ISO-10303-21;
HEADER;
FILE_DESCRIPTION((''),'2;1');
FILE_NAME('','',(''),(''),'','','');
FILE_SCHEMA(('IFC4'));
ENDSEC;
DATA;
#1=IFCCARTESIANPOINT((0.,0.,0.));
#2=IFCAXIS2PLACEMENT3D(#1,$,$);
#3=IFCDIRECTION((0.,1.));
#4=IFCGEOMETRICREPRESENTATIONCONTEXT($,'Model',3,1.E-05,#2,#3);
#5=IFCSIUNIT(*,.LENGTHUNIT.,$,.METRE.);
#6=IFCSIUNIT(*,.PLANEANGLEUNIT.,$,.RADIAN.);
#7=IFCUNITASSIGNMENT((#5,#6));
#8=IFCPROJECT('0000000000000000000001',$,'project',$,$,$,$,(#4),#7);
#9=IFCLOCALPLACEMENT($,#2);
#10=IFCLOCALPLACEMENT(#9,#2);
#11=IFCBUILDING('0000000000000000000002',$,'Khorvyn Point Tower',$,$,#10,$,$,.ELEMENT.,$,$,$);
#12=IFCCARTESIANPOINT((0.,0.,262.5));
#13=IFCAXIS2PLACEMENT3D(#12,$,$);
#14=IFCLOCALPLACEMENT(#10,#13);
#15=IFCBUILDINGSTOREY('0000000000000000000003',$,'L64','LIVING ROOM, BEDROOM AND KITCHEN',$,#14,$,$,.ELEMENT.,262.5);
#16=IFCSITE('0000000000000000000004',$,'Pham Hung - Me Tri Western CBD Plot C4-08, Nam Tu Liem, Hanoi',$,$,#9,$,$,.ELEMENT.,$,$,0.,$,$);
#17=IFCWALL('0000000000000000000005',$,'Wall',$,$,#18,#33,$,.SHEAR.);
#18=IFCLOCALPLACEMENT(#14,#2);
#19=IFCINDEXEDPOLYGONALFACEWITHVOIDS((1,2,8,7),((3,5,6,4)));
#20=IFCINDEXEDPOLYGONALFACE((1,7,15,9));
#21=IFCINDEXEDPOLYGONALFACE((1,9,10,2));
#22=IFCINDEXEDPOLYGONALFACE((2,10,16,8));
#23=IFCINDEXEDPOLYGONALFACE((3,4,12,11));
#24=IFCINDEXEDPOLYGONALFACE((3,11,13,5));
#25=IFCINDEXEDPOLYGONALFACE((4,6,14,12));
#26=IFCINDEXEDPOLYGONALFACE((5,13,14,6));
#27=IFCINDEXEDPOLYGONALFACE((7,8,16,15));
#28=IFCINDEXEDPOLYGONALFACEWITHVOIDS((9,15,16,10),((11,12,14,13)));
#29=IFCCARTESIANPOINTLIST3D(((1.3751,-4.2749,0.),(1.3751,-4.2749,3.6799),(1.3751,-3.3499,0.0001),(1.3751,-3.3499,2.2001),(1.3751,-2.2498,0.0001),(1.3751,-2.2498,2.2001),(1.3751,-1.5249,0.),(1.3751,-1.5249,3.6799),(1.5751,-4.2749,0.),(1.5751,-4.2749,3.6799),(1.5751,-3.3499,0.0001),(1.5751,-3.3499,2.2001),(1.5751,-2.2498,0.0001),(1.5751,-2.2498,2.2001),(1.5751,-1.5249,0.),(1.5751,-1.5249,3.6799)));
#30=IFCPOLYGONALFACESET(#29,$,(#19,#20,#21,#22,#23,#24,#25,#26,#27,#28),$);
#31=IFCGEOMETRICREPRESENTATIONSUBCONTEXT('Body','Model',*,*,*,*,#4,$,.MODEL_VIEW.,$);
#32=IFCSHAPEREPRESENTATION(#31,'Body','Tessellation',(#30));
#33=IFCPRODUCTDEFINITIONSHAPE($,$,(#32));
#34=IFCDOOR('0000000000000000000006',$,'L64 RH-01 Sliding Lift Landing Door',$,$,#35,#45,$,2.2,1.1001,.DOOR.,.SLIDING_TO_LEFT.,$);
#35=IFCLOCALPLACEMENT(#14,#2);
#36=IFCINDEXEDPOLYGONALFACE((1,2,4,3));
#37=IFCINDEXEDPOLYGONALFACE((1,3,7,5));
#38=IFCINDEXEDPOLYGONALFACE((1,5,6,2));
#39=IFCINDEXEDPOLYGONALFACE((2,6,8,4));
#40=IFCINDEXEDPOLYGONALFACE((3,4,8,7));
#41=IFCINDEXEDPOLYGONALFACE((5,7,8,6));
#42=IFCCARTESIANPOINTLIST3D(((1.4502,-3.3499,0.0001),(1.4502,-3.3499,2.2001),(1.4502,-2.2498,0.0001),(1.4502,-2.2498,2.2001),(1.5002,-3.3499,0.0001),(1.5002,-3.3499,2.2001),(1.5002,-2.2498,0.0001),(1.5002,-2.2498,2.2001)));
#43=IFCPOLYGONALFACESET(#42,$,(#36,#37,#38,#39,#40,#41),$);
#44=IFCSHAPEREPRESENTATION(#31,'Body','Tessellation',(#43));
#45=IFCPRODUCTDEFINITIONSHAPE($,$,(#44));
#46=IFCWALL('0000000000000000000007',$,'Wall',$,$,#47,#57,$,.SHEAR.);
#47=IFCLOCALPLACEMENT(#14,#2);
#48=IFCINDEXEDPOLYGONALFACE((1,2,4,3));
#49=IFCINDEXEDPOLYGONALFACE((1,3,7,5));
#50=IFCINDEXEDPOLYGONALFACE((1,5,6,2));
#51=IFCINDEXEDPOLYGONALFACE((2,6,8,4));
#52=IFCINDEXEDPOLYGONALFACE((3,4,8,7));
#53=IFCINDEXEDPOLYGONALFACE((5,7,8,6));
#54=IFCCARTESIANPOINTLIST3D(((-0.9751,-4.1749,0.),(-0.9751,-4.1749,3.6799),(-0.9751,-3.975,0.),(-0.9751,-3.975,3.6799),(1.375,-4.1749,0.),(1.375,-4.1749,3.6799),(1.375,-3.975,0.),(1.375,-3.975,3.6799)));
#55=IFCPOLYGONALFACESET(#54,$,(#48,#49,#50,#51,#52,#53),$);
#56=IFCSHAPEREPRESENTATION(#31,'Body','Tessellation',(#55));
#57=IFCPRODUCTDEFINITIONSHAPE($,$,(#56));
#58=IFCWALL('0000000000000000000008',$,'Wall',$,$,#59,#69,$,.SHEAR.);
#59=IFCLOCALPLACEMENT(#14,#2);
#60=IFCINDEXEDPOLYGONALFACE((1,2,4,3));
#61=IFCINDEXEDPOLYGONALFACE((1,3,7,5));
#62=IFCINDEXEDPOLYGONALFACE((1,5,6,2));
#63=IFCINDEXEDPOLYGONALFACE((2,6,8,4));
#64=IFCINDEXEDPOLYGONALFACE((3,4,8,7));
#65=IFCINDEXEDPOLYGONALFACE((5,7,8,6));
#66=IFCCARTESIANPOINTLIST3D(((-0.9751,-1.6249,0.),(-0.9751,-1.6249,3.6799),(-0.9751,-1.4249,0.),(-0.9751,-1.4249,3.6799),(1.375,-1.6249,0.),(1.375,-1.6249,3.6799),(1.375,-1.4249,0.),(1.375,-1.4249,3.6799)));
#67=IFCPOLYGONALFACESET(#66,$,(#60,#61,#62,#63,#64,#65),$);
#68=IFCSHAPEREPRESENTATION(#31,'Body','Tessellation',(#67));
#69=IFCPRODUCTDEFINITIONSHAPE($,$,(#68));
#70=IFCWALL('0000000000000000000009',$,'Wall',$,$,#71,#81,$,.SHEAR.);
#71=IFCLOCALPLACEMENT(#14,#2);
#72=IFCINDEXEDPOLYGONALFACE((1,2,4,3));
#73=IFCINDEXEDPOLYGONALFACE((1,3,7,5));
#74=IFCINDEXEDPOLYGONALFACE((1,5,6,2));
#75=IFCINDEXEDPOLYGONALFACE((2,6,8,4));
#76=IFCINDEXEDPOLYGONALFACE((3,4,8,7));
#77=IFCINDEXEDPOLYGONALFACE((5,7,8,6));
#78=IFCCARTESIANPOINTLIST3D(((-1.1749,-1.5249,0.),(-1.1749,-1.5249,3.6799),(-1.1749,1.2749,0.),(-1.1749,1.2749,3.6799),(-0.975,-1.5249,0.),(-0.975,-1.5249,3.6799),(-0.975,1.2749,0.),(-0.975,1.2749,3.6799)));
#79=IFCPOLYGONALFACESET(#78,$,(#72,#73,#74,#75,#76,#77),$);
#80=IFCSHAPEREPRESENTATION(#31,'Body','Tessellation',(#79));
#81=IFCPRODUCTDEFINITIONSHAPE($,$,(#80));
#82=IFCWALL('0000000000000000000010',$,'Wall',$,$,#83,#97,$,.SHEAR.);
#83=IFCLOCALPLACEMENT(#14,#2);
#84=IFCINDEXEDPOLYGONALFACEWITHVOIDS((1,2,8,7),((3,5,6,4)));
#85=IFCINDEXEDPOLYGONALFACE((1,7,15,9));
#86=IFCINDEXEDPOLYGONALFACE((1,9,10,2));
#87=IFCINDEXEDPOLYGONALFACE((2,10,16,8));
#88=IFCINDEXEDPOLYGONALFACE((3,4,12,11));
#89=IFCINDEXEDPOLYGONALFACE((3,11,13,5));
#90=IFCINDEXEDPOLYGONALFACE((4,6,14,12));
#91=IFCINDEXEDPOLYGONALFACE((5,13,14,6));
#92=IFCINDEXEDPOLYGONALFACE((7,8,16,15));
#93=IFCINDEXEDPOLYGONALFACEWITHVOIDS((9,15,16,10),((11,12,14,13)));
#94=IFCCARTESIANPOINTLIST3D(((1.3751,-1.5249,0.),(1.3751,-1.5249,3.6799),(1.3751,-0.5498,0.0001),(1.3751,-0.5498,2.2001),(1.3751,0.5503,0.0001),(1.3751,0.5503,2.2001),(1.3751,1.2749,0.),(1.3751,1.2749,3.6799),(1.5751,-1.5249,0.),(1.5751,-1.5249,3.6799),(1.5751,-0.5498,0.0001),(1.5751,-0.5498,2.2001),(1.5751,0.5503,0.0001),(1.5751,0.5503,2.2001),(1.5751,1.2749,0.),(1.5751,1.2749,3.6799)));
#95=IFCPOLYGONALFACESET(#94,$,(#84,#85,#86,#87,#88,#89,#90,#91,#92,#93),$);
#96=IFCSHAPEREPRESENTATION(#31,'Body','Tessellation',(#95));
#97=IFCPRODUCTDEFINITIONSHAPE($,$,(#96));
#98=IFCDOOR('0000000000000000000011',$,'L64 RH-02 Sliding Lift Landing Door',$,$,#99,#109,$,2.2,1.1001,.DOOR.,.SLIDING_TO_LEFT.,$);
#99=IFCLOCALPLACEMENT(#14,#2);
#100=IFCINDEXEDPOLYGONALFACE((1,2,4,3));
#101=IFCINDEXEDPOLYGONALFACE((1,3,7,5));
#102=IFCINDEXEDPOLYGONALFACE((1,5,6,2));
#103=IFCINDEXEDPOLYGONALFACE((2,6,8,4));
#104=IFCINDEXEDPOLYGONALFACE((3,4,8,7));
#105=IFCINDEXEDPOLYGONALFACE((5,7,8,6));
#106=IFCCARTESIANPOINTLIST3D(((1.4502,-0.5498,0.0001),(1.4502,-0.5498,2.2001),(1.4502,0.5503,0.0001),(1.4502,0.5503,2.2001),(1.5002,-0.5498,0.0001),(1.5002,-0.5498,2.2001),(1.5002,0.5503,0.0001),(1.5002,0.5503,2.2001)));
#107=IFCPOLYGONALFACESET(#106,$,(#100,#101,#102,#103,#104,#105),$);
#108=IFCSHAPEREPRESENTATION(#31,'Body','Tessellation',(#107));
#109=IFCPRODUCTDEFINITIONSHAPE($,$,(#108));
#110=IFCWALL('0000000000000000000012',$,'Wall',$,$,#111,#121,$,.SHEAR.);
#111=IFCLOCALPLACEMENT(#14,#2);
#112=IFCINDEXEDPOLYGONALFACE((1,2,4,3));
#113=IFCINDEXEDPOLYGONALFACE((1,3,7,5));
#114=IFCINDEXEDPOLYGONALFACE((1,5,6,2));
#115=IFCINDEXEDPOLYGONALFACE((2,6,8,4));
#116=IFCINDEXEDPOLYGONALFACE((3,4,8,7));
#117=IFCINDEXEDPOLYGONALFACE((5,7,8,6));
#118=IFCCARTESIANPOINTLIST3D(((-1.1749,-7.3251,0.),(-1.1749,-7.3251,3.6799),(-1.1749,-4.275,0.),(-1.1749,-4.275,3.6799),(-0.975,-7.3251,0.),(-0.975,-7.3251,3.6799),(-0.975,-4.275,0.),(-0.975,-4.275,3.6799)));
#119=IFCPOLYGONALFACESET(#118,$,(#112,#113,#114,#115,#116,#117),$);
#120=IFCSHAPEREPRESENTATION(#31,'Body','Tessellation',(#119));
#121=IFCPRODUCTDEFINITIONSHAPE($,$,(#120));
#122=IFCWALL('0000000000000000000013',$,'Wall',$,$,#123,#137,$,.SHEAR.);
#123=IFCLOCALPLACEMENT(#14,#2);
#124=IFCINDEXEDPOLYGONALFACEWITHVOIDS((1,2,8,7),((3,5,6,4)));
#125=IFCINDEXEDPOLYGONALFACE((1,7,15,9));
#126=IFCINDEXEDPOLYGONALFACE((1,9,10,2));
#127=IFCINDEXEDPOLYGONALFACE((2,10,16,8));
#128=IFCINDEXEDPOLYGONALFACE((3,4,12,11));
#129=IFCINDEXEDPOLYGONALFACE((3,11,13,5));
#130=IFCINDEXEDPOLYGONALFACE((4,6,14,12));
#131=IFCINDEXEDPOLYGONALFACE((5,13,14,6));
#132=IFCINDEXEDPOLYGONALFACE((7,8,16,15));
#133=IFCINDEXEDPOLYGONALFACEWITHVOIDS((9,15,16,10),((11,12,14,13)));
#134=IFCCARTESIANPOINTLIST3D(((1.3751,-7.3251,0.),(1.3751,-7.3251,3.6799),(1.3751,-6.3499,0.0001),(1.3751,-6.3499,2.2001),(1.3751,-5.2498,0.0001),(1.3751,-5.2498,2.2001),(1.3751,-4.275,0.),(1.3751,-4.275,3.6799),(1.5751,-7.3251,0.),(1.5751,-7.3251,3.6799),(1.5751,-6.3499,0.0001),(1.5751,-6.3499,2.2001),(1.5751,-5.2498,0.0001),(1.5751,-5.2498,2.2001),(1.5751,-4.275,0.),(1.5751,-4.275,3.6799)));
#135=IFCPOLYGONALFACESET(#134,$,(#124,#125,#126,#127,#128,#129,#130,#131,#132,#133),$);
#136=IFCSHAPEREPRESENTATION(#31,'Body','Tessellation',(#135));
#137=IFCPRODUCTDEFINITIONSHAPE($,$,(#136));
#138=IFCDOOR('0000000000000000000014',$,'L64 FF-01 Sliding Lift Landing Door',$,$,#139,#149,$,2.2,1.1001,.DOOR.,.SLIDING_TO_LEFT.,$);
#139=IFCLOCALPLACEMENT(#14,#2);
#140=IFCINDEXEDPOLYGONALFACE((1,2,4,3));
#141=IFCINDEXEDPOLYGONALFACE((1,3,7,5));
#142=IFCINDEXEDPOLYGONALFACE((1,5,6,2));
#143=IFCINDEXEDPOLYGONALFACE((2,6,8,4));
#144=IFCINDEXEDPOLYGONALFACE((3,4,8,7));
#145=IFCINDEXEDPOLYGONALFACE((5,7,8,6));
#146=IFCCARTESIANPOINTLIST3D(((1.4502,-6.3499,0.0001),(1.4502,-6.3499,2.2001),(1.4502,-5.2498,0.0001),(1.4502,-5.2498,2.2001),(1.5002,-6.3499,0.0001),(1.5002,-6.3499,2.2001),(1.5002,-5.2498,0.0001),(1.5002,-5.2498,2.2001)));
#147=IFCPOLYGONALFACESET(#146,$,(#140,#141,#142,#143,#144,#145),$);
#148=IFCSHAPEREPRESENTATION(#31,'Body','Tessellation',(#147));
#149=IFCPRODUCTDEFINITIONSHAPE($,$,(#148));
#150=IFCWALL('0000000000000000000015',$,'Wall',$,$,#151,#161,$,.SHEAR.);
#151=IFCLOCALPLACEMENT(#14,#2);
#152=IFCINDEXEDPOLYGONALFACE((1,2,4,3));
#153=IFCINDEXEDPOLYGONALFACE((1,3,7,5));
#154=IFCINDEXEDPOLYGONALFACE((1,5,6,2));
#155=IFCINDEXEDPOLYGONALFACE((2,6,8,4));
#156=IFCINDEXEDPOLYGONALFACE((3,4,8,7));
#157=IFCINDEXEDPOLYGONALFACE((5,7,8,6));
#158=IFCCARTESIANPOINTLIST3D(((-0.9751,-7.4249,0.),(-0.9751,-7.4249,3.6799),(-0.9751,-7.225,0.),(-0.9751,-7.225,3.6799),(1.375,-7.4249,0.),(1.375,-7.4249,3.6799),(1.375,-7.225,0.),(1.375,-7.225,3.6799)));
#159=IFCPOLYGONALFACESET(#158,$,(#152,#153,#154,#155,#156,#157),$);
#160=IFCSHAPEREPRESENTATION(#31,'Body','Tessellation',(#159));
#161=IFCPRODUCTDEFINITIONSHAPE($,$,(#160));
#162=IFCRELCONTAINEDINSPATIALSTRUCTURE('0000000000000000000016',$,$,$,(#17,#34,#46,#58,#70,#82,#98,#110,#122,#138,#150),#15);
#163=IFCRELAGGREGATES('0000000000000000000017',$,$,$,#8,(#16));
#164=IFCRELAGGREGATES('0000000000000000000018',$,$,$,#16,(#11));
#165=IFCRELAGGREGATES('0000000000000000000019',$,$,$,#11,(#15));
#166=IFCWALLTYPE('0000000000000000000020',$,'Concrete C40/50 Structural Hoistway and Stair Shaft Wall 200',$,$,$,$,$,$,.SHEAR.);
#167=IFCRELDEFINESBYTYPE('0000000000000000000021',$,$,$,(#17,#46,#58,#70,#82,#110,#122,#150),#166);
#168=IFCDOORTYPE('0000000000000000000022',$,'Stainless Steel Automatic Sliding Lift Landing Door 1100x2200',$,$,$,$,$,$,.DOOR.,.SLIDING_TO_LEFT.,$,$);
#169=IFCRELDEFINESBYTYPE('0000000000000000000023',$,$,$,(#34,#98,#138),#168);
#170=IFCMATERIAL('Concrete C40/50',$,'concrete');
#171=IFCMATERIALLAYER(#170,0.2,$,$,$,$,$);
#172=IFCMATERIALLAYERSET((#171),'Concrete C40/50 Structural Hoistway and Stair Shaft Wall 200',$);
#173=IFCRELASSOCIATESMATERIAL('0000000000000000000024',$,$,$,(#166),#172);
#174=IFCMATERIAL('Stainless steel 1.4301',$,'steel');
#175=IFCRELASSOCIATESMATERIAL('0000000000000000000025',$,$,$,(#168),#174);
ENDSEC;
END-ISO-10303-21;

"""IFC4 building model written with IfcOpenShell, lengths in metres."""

from ifc_helpers import new_model, si_unit, direction, frame, frame_2d, origin, place, context, subcontext, project, spatial, rectangle, extrude, material, layer, layer_set, type_object, element, fill, save


model = new_model("IFC4")

# Units and contexts
model_context = context("Model", 3, precision=1e-05, world=origin(), true_north=direction((0.0, 1.0)))
body_context = subcontext(model_context, "Body", "Model", "MODEL_VIEW")
ifc_project = project(units=[si_unit("LENGTHUNIT", "METRE"), si_unit("PLANEANGLEUNIT", "RADIAN")], contexts=[model_context])

# Site, building, storey
site_placement = place(None, origin())
site = spatial("IfcSite", under=ifc_project, at=site_placement, Name="Pham Hung - Me Tri Western CBD Plot C4-08, Nam Tu Liem, Hanoi", CompositionType="ELEMENT", RefElevation=0.0)
building_placement = place(site_placement, origin())
building = spatial("IfcBuilding", under=site, at=building_placement, Name="Khorvyn Point Tower", CompositionType="ELEMENT")
storey_placement = place(building_placement, frame((0.0, 0.0, 262.5)))
storey = spatial("IfcBuildingStorey", under=building, at=storey_placement, Name="L64", Description="LIVING ROOM, BEDROOM AND KITCHEN", CompositionType="ELEMENT", Elevation=262.5)

# Shared definitions
ifc_material_1 = material(Name="Concrete C40/50", Category="concrete")

# Shared definitions
ifc_layer_1 = layer(ifc_material_1, 0.2)
ifc_layer_set_1 = layer_set([ifc_layer_1], Name="Concrete C40/50 Structural Hoistway and Stair Shaft Wall 200")
wall_type_1 = type_object("IfcWallType", Name="Concrete C40/50 Structural Hoistway and Stair Shaft Wall 200", PredefinedType="SHEAR", material=ifc_layer_set_1)

# Wall, opening, door
wall_1_placement = place(storey_placement, frame((1.4751, -4.2749, 0.0), z_axis=(0.0, 0.0, 1.0), x_axis=(0.0, 1.0, 0.0)))
wall_1 = element("IfcWall", 1, at=wall_1_placement, inside=storey, type_object=wall_type_1, Name="Wall", PredefinedType="SHEAR", context=body_context, shape_type="SweptSolid", body=[
    extrude(rectangle(XDim=2.75, YDim=0.2, at=frame_2d((1.375, 0.0))), origin(), (0.0, 0.0, 1.0), 3.6799),
])
opening_1_placement = place(wall_1_placement, frame((0.925, 0.0, 0.0)))
opening_1 = element("IfcOpeningElement", 2, at=opening_1_placement, cuts=wall_1, PredefinedType="OPENING", context=body_context, shape_type="SweptSolid", body=[
    extrude(rectangle(XDim=1.1001, YDim=2.2, at=frame_2d((0.55, 1.1001))), frame((0.0, 0.1099, 0.0), z_axis=(0.0, -1.0, 0.0), x_axis=(1.0, 0.0, 0.0)), (0.0, 0.0, 1.0), 0.22),
])
ifc_material_2 = material(Name="Stainless steel 1.4301", Category="steel")
door_type_1 = type_object("IfcDoorType", Name="Stainless Steel Automatic Sliding Lift Landing Door 1100x2200", OperationType="SLIDING_TO_LEFT", PredefinedType="DOOR", material=ifc_material_2)
door_1_placement = place(opening_1_placement, origin())
door_1 = element("IfcDoor", 3, at=door_1_placement, inside=storey, type_object=door_type_1, Name="L64 RH-01 Sliding Lift Landing Door", OperationType="SLIDING_TO_LEFT", OverallHeight=2.2, OverallWidth=1.1001, PredefinedType="DOOR", context=body_context, shape_type="SweptSolid", body=[
    extrude(rectangle(XDim=1.1001, YDim=2.2, at=frame_2d((0.55, 1.1001))), frame((0.0, 0.0249, 0.0), z_axis=(0.0, -1.0, 0.0), x_axis=(1.0, 0.0, 0.0)), (0.0, 0.0, 1.0), 0.05),
])
fill(opening_1, door_1)

# Walls
for number, where, z_axis, x_axis, name in (
    (4, (-0.9751, -4.075, 0.0), (0.0, 0.0, 1.0), (1.0, 0.0, 0.0), "Wall"),
    (5, (-0.9751, -1.5249, 0.0), (0.0, 0.0, 1.0), (1.0, 0.0, 0.0), "Wall"),
):
    element("IfcWall", number, at=place(storey_placement, frame(where, z_axis=z_axis, x_axis=x_axis)), inside=storey, type_object=wall_type_1, Name=name, PredefinedType="SHEAR", context=body_context, shape_type="SweptSolid", body=[
        extrude(rectangle(XDim=2.3501, YDim=0.2, at=frame_2d((1.175, 0.0))), origin(), (0.0, 0.0, 1.0), 3.6799),
    ])
wall_2_placement = place(storey_placement, frame((-1.075, -1.5249, 0.0), z_axis=(0.0, 0.0, 1.0), x_axis=(0.0, 1.0, 0.0)))
element("IfcWall", 6, at=wall_2_placement, inside=storey, type_object=wall_type_1, Name="Wall", PredefinedType="SHEAR", context=body_context, shape_type="SweptSolid", body=[
    extrude(rectangle(XDim=2.7998, YDim=0.2, at=frame_2d((1.3999, 0.0))), origin(), (0.0, 0.0, 1.0), 3.6799),
])

# Wall, opening, door
wall_3_placement = place(storey_placement, frame((1.4751, -1.5249, 0.0), z_axis=(0.0, 0.0, 1.0), x_axis=(0.0, 1.0, 0.0)))
wall_3 = element("IfcWall", 7, at=wall_3_placement, inside=storey, type_object=wall_type_1, Name="Wall", PredefinedType="SHEAR", context=body_context, shape_type="SweptSolid", body=[
    extrude(rectangle(XDim=2.7998, YDim=0.2, at=frame_2d((1.3999, 0.0))), origin(), (0.0, 0.0, 1.0), 3.6799),
])
opening_2_placement = place(wall_3_placement, frame((0.9751, 0.0, 0.0)))
opening_2 = element("IfcOpeningElement", 8, at=opening_2_placement, cuts=wall_3, PredefinedType="OPENING", context=body_context, shape_type="SweptSolid", body=[
    extrude(rectangle(XDim=1.1001, YDim=2.2, at=frame_2d((0.55, 1.1001))), frame((0.0, 0.1099, 0.0), z_axis=(0.0, -1.0, 0.0), x_axis=(1.0, 0.0, 0.0)), (0.0, 0.0, 1.0), 0.22),
])
door_2_placement = place(opening_2_placement, origin())
door_2 = element("IfcDoor", 9, at=door_2_placement, inside=storey, type_object=door_type_1, Name="L64 RH-02 Sliding Lift Landing Door", OperationType="SLIDING_TO_LEFT", OverallHeight=2.2, OverallWidth=1.1001, PredefinedType="DOOR", context=body_context, shape_type="SweptSolid", body=[
    extrude(rectangle(XDim=1.1001, YDim=2.2, at=frame_2d((0.55, 1.1001))), frame((0.0, 0.0249, 0.0), z_axis=(0.0, -1.0, 0.0), x_axis=(1.0, 0.0, 0.0)), (0.0, 0.0, 1.0), 0.05),
])
fill(opening_2, door_2)

# Wall
wall_4_placement = place(storey_placement, frame((-1.075, -7.325, 0.0), z_axis=(0.0, 0.0, 1.0), x_axis=(0.0, 1.0, 0.0)))
element("IfcWall", 10, at=wall_4_placement, inside=storey, type_object=wall_type_1, Name="Wall", PredefinedType="SHEAR", context=body_context, shape_type="SweptSolid", body=[
    extrude(rectangle(XDim=3.05, YDim=0.2, at=frame_2d((1.5249, 0.0))), origin(), (0.0, 0.0, 1.0), 3.6799),
])

# Wall, opening, door
wall_5_placement = place(storey_placement, frame((1.4751, -7.325, 0.0), z_axis=(0.0, 0.0, 1.0), x_axis=(0.0, 1.0, 0.0)))
wall_5 = element("IfcWall", 11, at=wall_5_placement, inside=storey, type_object=wall_type_1, Name="Wall", PredefinedType="SHEAR", context=body_context, shape_type="SweptSolid", body=[
    extrude(rectangle(XDim=3.05, YDim=0.2, at=frame_2d((1.5249, 0.0))), origin(), (0.0, 0.0, 1.0), 3.6799),
])
opening_3_placement = place(wall_5_placement, frame((0.9751, 0.0, 0.0)))
opening_3 = element("IfcOpeningElement", 12, at=opening_3_placement, cuts=wall_5, PredefinedType="OPENING", context=body_context, shape_type="SweptSolid", body=[
    extrude(rectangle(XDim=1.1001, YDim=2.2, at=frame_2d((0.55, 1.1001))), frame((0.0, 0.1099, 0.0), z_axis=(0.0, -1.0, 0.0), x_axis=(1.0, 0.0, 0.0)), (0.0, 0.0, 1.0), 0.22),
])
door_3_placement = place(opening_3_placement, origin())
door_3 = element("IfcDoor", 13, at=door_3_placement, inside=storey, type_object=door_type_1, Name="L64 FF-01 Sliding Lift Landing Door", OperationType="SLIDING_TO_LEFT", OverallHeight=2.2, OverallWidth=1.1001, PredefinedType="DOOR", context=body_context, shape_type="SweptSolid", body=[
    extrude(rectangle(XDim=1.1001, YDim=2.2, at=frame_2d((0.55, 1.1001))), frame((0.0, 0.0249, 0.0), z_axis=(0.0, -1.0, 0.0), x_axis=(1.0, 0.0, 0.0)), (0.0, 0.0, 1.0), 0.05),
])
fill(opening_3, door_3)

# Wall
wall_6_placement = place(storey_placement, frame((-0.9751, -7.325, 0.0), z_axis=(0.0, 0.0, 1.0), x_axis=(1.0, 0.0, 0.0)))
element("IfcWall", 14, at=wall_6_placement, inside=storey, type_object=wall_type_1, Name="Wall", PredefinedType="SHEAR", context=body_context, shape_type="SweptSolid", body=[
    extrude(rectangle(XDim=2.3501, YDim=0.2, at=frame_2d((1.175, 0.0))), origin(), (0.0, 0.0, 1.0), 3.6799),
])

save(model, "model.ifc")
